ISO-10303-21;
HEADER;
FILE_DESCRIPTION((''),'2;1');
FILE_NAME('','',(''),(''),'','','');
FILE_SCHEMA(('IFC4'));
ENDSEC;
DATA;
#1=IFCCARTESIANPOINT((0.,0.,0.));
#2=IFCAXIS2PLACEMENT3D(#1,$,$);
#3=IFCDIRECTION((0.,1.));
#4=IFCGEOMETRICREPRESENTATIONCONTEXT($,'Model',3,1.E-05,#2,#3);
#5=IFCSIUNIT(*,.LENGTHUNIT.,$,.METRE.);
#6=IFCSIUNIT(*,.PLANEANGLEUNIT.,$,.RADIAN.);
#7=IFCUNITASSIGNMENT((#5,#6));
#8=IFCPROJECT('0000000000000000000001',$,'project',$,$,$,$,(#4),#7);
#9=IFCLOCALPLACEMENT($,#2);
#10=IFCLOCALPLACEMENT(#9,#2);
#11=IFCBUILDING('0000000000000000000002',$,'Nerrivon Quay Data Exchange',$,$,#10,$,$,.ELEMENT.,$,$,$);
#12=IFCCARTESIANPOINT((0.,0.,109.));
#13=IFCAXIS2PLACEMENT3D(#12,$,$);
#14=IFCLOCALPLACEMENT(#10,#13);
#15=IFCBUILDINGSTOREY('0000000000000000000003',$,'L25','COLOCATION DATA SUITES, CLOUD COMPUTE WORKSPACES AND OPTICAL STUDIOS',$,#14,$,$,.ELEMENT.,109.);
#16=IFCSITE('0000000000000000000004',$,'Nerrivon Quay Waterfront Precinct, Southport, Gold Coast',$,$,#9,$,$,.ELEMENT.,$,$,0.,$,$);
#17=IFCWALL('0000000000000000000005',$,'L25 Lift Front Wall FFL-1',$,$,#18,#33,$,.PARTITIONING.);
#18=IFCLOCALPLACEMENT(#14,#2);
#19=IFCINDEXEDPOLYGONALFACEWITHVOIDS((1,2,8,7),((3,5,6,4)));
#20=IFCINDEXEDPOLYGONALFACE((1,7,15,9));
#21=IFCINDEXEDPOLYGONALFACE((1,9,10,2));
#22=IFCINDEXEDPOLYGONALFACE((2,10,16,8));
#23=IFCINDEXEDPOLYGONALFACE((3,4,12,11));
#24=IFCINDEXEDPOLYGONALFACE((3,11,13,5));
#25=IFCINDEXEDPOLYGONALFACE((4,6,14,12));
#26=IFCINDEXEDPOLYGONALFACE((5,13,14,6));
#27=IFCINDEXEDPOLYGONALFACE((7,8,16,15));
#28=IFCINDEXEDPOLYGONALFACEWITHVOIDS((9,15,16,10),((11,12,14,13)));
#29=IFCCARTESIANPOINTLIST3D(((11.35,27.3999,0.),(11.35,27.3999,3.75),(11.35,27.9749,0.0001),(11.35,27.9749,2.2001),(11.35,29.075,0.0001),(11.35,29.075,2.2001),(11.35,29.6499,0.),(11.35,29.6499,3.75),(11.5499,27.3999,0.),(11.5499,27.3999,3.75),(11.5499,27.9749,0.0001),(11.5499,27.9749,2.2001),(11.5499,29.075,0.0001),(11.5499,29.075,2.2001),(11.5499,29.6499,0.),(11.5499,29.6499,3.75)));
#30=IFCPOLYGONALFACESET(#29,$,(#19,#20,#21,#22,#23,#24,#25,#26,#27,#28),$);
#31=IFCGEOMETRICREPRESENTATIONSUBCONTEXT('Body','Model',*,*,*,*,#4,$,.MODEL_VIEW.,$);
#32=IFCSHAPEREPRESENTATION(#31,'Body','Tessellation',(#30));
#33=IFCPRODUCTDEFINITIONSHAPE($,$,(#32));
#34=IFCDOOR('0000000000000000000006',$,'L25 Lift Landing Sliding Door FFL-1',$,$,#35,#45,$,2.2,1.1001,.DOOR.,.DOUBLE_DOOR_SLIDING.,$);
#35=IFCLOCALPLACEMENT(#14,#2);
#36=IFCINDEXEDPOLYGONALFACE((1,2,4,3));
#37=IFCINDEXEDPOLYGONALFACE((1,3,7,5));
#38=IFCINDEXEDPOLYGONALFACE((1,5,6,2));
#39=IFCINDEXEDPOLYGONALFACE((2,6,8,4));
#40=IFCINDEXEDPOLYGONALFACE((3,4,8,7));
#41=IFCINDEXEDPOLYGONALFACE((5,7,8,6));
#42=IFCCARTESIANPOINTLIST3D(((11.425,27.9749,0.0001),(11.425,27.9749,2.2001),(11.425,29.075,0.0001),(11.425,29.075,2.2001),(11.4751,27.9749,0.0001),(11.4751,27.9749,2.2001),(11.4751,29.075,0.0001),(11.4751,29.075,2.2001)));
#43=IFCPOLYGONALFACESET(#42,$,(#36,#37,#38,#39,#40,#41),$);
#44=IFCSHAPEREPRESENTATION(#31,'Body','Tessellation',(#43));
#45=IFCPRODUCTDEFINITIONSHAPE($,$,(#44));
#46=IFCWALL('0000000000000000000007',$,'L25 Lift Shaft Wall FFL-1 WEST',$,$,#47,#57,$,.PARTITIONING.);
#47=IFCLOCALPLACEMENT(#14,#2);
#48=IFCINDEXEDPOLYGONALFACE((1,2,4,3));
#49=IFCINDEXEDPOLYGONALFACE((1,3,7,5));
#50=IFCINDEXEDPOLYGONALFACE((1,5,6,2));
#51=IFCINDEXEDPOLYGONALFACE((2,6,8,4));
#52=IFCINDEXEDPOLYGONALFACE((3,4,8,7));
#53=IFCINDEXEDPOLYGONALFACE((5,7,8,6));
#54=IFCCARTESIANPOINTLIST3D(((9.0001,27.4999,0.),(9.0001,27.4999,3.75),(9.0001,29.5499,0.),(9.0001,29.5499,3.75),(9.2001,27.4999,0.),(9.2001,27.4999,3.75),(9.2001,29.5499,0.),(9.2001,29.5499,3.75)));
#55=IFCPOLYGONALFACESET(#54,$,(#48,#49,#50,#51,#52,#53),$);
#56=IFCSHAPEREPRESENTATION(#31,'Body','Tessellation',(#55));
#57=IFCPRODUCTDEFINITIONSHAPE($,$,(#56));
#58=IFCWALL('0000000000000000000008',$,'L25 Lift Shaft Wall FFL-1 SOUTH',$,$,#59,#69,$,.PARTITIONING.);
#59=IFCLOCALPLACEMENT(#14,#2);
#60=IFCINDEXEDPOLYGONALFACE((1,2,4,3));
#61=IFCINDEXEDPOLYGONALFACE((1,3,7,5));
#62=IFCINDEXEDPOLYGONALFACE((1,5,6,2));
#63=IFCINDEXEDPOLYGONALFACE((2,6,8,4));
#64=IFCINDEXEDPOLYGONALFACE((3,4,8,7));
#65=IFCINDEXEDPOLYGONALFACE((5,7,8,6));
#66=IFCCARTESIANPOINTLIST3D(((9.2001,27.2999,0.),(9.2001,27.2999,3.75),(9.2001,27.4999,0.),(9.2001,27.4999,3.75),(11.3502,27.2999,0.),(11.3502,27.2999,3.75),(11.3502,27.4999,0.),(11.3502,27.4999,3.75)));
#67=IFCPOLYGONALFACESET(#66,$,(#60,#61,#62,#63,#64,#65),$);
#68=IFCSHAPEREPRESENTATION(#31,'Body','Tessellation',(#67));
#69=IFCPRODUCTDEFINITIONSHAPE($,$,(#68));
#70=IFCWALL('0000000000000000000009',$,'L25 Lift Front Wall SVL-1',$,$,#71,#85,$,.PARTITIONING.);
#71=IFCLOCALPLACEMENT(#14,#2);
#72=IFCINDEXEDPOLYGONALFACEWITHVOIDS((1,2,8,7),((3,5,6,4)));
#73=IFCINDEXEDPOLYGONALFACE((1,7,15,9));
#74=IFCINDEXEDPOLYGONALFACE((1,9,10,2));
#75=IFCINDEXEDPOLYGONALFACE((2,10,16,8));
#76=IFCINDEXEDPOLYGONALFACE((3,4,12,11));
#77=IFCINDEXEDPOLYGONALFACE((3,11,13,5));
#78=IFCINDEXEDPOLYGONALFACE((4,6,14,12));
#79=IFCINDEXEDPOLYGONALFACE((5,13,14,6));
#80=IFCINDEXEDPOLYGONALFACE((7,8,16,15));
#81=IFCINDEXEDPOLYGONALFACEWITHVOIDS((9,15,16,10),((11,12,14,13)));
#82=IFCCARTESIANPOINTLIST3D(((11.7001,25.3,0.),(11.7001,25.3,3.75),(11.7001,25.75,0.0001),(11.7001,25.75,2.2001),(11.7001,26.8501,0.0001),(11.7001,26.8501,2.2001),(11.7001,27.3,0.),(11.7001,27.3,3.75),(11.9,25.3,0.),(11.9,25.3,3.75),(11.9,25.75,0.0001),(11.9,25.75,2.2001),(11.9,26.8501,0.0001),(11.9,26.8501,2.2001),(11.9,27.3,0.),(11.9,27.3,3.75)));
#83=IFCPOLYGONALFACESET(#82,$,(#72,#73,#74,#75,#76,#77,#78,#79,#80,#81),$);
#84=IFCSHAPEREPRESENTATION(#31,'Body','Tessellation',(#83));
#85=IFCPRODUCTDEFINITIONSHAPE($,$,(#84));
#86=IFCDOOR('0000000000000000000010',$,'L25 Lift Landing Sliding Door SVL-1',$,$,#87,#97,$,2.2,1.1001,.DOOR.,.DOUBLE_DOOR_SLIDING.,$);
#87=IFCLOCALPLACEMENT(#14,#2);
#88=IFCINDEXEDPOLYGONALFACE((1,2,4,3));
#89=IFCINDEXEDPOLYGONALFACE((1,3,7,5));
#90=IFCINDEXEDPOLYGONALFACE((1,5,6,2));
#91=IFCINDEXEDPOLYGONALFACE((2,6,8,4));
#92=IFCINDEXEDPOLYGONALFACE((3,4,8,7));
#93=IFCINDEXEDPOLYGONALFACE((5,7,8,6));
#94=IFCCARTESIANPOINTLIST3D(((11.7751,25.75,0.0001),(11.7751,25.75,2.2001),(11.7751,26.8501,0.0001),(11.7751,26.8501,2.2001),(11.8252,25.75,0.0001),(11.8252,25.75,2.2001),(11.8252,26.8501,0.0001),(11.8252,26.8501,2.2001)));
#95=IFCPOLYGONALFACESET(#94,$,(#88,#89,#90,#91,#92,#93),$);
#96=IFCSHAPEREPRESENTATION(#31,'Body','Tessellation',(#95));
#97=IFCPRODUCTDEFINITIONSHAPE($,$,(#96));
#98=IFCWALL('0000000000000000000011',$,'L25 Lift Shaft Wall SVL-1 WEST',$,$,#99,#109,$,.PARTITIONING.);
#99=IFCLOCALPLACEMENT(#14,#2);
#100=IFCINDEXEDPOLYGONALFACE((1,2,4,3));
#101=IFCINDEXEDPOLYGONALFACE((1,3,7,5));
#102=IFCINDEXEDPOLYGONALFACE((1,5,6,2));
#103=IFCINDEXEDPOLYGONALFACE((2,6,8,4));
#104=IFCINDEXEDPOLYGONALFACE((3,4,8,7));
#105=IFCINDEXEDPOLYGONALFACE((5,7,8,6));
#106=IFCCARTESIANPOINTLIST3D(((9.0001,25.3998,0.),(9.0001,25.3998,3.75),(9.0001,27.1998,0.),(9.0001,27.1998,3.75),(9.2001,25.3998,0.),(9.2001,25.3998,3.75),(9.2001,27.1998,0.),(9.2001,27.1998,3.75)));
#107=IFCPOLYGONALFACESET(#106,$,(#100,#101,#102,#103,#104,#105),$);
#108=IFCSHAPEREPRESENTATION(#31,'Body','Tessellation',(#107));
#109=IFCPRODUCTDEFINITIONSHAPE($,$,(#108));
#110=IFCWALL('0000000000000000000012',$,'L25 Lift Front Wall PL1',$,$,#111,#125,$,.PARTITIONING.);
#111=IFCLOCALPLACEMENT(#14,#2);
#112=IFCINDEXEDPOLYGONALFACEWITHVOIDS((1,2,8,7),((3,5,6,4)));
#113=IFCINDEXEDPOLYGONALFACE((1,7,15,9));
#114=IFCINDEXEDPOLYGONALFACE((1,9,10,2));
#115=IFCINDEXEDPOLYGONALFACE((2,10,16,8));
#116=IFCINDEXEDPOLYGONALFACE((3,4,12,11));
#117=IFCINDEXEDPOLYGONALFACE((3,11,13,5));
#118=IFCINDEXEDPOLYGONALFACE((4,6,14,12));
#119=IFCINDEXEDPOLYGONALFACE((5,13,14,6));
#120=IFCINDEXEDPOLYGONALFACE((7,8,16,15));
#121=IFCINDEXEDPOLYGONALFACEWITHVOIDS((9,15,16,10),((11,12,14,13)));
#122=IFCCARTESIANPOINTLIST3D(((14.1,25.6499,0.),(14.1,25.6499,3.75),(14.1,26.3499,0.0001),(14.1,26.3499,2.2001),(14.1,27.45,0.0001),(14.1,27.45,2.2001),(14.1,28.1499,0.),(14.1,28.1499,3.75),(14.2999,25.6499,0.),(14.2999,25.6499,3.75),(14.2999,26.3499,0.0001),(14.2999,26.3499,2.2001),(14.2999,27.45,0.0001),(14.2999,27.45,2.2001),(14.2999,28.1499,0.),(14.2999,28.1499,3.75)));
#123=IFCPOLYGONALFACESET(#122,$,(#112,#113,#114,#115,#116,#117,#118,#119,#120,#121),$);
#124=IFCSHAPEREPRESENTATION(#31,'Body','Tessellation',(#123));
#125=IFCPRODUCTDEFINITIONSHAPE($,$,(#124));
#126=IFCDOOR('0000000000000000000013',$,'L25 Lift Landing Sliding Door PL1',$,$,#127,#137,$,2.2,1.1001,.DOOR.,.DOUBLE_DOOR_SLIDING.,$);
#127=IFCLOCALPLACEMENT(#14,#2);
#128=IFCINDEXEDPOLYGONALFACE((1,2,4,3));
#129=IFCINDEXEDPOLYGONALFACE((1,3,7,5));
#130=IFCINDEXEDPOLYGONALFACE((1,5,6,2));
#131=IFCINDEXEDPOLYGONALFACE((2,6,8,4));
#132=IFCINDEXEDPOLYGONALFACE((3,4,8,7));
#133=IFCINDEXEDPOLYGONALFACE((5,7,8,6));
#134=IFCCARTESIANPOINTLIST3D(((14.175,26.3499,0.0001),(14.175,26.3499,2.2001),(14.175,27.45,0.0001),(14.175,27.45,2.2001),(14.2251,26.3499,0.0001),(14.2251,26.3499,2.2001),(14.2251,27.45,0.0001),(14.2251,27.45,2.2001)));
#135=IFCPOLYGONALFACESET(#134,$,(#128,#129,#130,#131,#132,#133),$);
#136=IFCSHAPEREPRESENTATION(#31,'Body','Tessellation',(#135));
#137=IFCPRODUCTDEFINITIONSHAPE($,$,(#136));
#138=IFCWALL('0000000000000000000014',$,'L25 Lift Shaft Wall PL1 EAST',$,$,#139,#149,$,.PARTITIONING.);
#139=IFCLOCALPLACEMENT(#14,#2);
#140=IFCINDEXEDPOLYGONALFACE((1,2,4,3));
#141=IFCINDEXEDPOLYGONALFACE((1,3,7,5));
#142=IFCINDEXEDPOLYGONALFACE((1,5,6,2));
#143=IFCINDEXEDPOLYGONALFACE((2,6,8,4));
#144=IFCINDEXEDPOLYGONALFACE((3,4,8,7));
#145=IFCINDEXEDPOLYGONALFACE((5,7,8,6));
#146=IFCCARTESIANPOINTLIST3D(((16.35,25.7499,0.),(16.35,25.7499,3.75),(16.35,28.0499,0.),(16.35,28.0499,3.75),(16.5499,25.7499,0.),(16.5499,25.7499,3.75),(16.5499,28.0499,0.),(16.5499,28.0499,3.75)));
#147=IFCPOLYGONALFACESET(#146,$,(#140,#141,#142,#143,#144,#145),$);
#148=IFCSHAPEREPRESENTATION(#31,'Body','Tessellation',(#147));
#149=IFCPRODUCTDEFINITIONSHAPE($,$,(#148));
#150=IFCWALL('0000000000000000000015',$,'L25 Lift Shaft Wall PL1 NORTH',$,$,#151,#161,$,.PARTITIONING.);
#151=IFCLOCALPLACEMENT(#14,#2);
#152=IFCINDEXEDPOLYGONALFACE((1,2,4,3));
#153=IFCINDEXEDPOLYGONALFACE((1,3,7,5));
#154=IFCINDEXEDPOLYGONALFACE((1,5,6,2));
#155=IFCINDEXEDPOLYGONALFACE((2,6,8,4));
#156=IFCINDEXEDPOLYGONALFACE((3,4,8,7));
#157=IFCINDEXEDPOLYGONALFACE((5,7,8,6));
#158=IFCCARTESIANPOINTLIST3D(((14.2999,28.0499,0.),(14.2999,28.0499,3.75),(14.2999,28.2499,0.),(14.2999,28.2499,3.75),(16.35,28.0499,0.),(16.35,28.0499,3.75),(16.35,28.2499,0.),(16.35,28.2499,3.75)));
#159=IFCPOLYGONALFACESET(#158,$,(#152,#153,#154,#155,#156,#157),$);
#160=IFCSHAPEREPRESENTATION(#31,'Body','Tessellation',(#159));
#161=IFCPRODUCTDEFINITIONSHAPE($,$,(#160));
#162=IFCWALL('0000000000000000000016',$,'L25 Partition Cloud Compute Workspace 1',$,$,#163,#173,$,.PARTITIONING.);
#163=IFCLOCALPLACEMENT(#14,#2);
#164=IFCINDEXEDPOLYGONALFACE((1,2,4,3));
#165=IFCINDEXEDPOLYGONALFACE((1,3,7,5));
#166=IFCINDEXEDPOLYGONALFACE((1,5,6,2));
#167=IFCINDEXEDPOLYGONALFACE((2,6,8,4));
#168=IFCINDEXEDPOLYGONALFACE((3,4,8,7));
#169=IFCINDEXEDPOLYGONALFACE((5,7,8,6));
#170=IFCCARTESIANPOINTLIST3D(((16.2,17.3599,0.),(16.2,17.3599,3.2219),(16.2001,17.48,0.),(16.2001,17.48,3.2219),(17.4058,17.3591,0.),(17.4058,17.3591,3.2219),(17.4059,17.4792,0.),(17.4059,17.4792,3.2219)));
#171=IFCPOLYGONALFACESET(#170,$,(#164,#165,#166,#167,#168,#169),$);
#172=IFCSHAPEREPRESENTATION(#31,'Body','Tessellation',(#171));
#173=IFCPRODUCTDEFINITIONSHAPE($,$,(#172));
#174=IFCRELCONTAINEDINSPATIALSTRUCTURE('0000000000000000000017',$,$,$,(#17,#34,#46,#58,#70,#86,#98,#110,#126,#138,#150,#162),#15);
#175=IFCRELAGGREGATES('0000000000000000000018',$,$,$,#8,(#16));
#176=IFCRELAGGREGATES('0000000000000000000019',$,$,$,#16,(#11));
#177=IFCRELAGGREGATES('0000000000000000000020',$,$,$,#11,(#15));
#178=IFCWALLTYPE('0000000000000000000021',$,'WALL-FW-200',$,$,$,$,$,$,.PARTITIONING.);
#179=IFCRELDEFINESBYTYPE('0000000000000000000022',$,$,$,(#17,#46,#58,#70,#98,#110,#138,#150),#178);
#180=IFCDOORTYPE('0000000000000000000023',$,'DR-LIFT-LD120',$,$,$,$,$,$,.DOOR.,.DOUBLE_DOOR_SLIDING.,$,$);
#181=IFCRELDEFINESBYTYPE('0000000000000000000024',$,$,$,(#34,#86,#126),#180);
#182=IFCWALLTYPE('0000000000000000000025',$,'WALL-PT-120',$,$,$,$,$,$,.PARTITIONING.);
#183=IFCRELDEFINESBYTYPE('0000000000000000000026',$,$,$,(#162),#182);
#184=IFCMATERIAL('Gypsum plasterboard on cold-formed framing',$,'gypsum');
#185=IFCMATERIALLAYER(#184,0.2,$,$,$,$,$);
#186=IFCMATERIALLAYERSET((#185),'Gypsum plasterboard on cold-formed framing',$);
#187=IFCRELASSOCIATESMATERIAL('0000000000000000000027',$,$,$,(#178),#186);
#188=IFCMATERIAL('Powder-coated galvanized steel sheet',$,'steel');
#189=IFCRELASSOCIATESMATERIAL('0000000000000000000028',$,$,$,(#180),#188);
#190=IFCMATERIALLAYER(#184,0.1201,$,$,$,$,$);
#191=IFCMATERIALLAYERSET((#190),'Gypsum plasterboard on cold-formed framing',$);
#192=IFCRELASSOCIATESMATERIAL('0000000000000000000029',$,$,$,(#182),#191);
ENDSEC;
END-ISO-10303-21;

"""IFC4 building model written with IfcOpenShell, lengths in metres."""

from ifc_helpers import new_model, si_unit, direction, frame, frame_2d, origin, place, context, subcontext, project, spatial, rectangle, extrude, material, layer, layer_set, type_object, element, fill, save


model = new_model("IFC4")

# Units and contexts
model_context = context("Model", 3, precision=1e-05, world=origin(), true_north=direction((0.0, 1.0)))
body_context = subcontext(model_context, "Body", "Model", "MODEL_VIEW")
ifc_project = project(units=[si_unit("LENGTHUNIT", "METRE"), si_unit("PLANEANGLEUNIT", "RADIAN")], contexts=[model_context])

# Site, building, storey
site_placement = place(None, origin())
site = spatial("IfcSite", under=ifc_project, at=site_placement, Name="Nerrivon Quay Waterfront Precinct, Southport, Gold Coast", CompositionType="ELEMENT", RefElevation=0.0)
building_placement = place(site_placement, origin())
building = spatial("IfcBuilding", under=site, at=building_placement, Name="Nerrivon Quay Data Exchange", CompositionType="ELEMENT")
storey_placement = place(building_placement, frame((0.0, 0.0, 109.0)))
storey = spatial("IfcBuildingStorey", under=building, at=storey_placement, Name="L25", Description="COLOCATION DATA SUITES, CLOUD COMPUTE WORKSPACES AND OPTICAL STUDIOS", CompositionType="ELEMENT", Elevation=109.0)

# Wall, opening, door
ifc_material_1 = material(Name="Powder-coated galvanized steel sheet", Category="steel")
ifc_material_2 = material(Name="Gypsum plasterboard on cold-formed framing", Category="gypsum")
ifc_layer_1 = layer(ifc_material_2, 0.2)
ifc_layer_set_1 = layer_set([ifc_layer_1], Name="Gypsum plasterboard on cold-formed framing")
wall_type_1 = type_object("IfcWallType", Name="WALL-FW-200", PredefinedType="PARTITIONING", material=ifc_layer_set_1)
wall_1_placement = place(storey_placement, frame((11.45, 27.3999, 0.0), z_axis=(0.0, 0.0, 1.0), x_axis=(0.0, 1.0, 0.0)))
wall_1 = element("IfcWall", 1, at=wall_1_placement, inside=storey, type_object=wall_type_1, Name="L25 Lift Front Wall FFL-1", PredefinedType="PARTITIONING", context=body_context, shape_type="SweptSolid", body=[
    extrude(rectangle(XDim=2.25, YDim=0.2, at=frame_2d((1.125, 0.0))), origin(), (0.0, 0.0, 1.0), 3.75),
])
opening_1_placement = place(wall_1_placement, frame((0.575, 0.0, 0.0)))
opening_1 = element("IfcOpeningElement", 2, at=opening_1_placement, cuts=wall_1, PredefinedType="OPENING", context=body_context, shape_type="SweptSolid", body=[
    extrude(rectangle(XDim=1.1001, YDim=2.2, at=frame_2d((0.55, 1.1001))), frame((0.0, 0.1099, 0.0), z_axis=(0.0, -1.0, 0.0), x_axis=(1.0, 0.0, 0.0)), (0.0, 0.0, 1.0), 0.22),
])
door_type_1 = type_object("IfcDoorType", Name="DR-LIFT-LD120", OperationType="DOUBLE_DOOR_SLIDING", PredefinedType="DOOR", material=ifc_material_1)
door_1_placement = place(opening_1_placement, origin())
door_1 = element("IfcDoor", 3, at=door_1_placement, inside=storey, type_object=door_type_1, Name="L25 Lift Landing Sliding Door FFL-1", OperationType="DOUBLE_DOOR_SLIDING", OverallHeight=2.2, OverallWidth=1.1001, PredefinedType="DOOR", context=body_context, shape_type="SweptSolid", body=[
    extrude(rectangle(XDim=1.1001, YDim=2.2, at=frame_2d((0.55, 1.1001))), frame((0.0, 0.0249, 0.0), z_axis=(0.0, -1.0, 0.0), x_axis=(1.0, 0.0, 0.0)), (0.0, 0.0, 1.0), 0.05),
])
fill(opening_1, door_1)

# Walls
wall_2_placement = place(storey_placement, frame((9.1001, 27.5, 0.0), z_axis=(0.0, 0.0, 1.0), x_axis=(0.0, 1.0, 0.0)))
element("IfcWall", 4, at=wall_2_placement, inside=storey, type_object=wall_type_1, Name="L25 Lift Shaft Wall FFL-1 WEST", PredefinedType="PARTITIONING", context=body_context, shape_type="SweptSolid", body=[
    extrude(rectangle(XDim=2.05, YDim=0.2, at=frame_2d((1.0249, 0.0))), origin(), (0.0, 0.0, 1.0), 3.75),
])
wall_3_placement = place(storey_placement, frame((9.2, 27.3999, 0.0), z_axis=(0.0, 0.0, 1.0), x_axis=(1.0, 0.0, 0.0)))
element("IfcWall", 5, at=wall_3_placement, inside=storey, type_object=wall_type_1, Name="L25 Lift Shaft Wall FFL-1 SOUTH", PredefinedType="PARTITIONING", context=body_context, shape_type="SweptSolid", body=[
    extrude(rectangle(XDim=2.1501, YDim=0.2, at=frame_2d((1.0752, 0.0))), origin(), (0.0, 0.0, 1.0), 3.75),
])

# Wall, opening, door
wall_4_placement = place(storey_placement, frame((11.8, 25.3, 0.0), z_axis=(0.0, 0.0, 1.0), x_axis=(0.0, 1.0, 0.0)))
wall_4 = element("IfcWall", 6, at=wall_4_placement, inside=storey, type_object=wall_type_1, Name="L25 Lift Front Wall SVL-1", PredefinedType="PARTITIONING", context=body_context, shape_type="SweptSolid", body=[
    extrude(rectangle(XDim=2.0, YDim=0.2, at=frame_2d((1.0, 0.0))), origin(), (0.0, 0.0, 1.0), 3.75),
])
opening_2_placement = place(wall_4_placement, frame((0.45, 0.0, 0.0)))
opening_2 = element("IfcOpeningElement", 7, at=opening_2_placement, cuts=wall_4, PredefinedType="OPENING", context=body_context, shape_type="SweptSolid", body=[
    extrude(rectangle(XDim=1.1001, YDim=2.2, at=frame_2d((0.55, 1.1001))), frame((0.0, 0.1099, 0.0), z_axis=(0.0, -1.0, 0.0), x_axis=(1.0, 0.0, 0.0)), (0.0, 0.0, 1.0), 0.22),
])
door_2_placement = place(opening_2_placement, origin())
door_2 = element("IfcDoor", 8, at=door_2_placement, inside=storey, type_object=door_type_1, Name="L25 Lift Landing Sliding Door SVL-1", OperationType="DOUBLE_DOOR_SLIDING", OverallHeight=2.2, OverallWidth=1.1001, PredefinedType="DOOR", context=body_context, shape_type="SweptSolid", body=[
    extrude(rectangle(XDim=1.1001, YDim=2.2, at=frame_2d((0.55, 1.1001))), frame((0.0, 0.0249, 0.0), z_axis=(0.0, -1.0, 0.0), x_axis=(1.0, 0.0, 0.0)), (0.0, 0.0, 1.0), 0.05),
])
fill(opening_2, door_2)

# Wall
wall_5_placement = place(storey_placement, frame((9.1001, 25.3999, 0.0), z_axis=(0.0, 0.0, 1.0), x_axis=(0.0, 1.0, 0.0)))
element("IfcWall", 9, at=wall_5_placement, inside=storey, type_object=wall_type_1, Name="L25 Lift Shaft Wall SVL-1 WEST", PredefinedType="PARTITIONING", context=body_context, shape_type="SweptSolid", body=[
    extrude(rectangle(XDim=1.8, YDim=0.2, at=frame_2d((0.8999, 0.0))), origin(), (0.0, 0.0, 1.0), 3.75),
])

# Wall, opening, door
wall_6_placement = place(storey_placement, frame((14.2, 25.6499, 0.0), z_axis=(0.0, 0.0, 1.0), x_axis=(0.0, 1.0, 0.0)))
wall_6 = element("IfcWall", 10, at=wall_6_placement, inside=storey, type_object=wall_type_1, Name="L25 Lift Front Wall PL1", PredefinedType="PARTITIONING", context=body_context, shape_type="SweptSolid", body=[
    extrude(rectangle(XDim=2.5, YDim=0.2, at=frame_2d((1.25, 0.0))), origin(), (0.0, 0.0, 1.0), 3.75),
])
opening_3_placement = place(wall_6_placement, frame((0.7, 0.0, 0.0)))
opening_3 = element("IfcOpeningElement", 11, at=opening_3_placement, cuts=wall_6, PredefinedType="OPENING", context=body_context, shape_type="SweptSolid", body=[
    extrude(rectangle(XDim=1.1001, YDim=2.2, at=frame_2d((0.55, 1.1001))), frame((0.0, 0.1099, 0.0), z_axis=(0.0, -1.0, 0.0), x_axis=(1.0, 0.0, 0.0)), (0.0, 0.0, 1.0), 0.22),
])
door_3_placement = place(opening_3_placement, origin())
door_3 = element("IfcDoor", 12, at=door_3_placement, inside=storey, type_object=door_type_1, Name="L25 Lift Landing Sliding Door PL1", OperationType="DOUBLE_DOOR_SLIDING", OverallHeight=2.2, OverallWidth=1.1001, PredefinedType="DOOR", context=body_context, shape_type="SweptSolid", body=[
    extrude(rectangle(XDim=1.1001, YDim=2.2, at=frame_2d((0.55, 1.1001))), frame((0.0, 0.0249, 0.0), z_axis=(0.0, -1.0, 0.0), x_axis=(1.0, 0.0, 0.0)), (0.0, 0.0, 1.0), 0.05),
])
fill(opening_3, door_3)

# Walls
wall_7_placement = place(storey_placement, frame((16.45, 25.75, 0.0), z_axis=(0.0, 0.0, 1.0), x_axis=(0.0, 1.0, 0.0)))
element("IfcWall", 13, at=wall_7_placement, inside=storey, type_object=wall_type_1, Name="L25 Lift Shaft Wall PL1 EAST", PredefinedType="PARTITIONING", context=body_context, shape_type="SweptSolid", body=[
    extrude(rectangle(XDim=2.3, YDim=0.2, at=frame_2d((1.1499, 0.0))), origin(), (0.0, 0.0, 1.0), 3.75),
])
wall_8_placement = place(storey_placement, frame((14.3, 28.1499, 0.0), z_axis=(0.0, 0.0, 1.0), x_axis=(1.0, 0.0, 0.0)))
element("IfcWall", 14, at=wall_8_placement, inside=storey, type_object=wall_type_1, Name="L25 Lift Shaft Wall PL1 NORTH", PredefinedType="PARTITIONING", context=body_context, shape_type="SweptSolid", body=[
    extrude(rectangle(XDim=2.05, YDim=0.2, at=frame_2d((1.0249, 0.0))), origin(), (0.0, 0.0, 1.0), 3.75),
])
ifc_layer_2 = layer(ifc_material_2, 0.1201)
ifc_layer_set_2 = layer_set([ifc_layer_2], Name="Gypsum plasterboard on cold-formed framing")
wall_type_2 = type_object("IfcWallType", Name="WALL-PT-120", PredefinedType="PARTITIONING", material=ifc_layer_set_2)
wall_9_placement = place(storey_placement, frame((16.2, 17.4199, 0.0), z_axis=(0.0, 0.0, 1.0), x_axis=(1.0, -0.000607, 0.0)))
element("IfcWall", 15, at=wall_9_placement, inside=storey, type_object=wall_type_2, Name="L25 Partition Cloud Compute Workspace 1", PredefinedType="PARTITIONING", context=body_context, shape_type="SweptSolid", body=[
    extrude(rectangle(XDim=1.2058, YDim=0.1201, at=frame_2d((0.603, 0.0))), origin(), (0.0, 0.0, 1.0), 3.2219),
])

save(model, "model.ifc")
